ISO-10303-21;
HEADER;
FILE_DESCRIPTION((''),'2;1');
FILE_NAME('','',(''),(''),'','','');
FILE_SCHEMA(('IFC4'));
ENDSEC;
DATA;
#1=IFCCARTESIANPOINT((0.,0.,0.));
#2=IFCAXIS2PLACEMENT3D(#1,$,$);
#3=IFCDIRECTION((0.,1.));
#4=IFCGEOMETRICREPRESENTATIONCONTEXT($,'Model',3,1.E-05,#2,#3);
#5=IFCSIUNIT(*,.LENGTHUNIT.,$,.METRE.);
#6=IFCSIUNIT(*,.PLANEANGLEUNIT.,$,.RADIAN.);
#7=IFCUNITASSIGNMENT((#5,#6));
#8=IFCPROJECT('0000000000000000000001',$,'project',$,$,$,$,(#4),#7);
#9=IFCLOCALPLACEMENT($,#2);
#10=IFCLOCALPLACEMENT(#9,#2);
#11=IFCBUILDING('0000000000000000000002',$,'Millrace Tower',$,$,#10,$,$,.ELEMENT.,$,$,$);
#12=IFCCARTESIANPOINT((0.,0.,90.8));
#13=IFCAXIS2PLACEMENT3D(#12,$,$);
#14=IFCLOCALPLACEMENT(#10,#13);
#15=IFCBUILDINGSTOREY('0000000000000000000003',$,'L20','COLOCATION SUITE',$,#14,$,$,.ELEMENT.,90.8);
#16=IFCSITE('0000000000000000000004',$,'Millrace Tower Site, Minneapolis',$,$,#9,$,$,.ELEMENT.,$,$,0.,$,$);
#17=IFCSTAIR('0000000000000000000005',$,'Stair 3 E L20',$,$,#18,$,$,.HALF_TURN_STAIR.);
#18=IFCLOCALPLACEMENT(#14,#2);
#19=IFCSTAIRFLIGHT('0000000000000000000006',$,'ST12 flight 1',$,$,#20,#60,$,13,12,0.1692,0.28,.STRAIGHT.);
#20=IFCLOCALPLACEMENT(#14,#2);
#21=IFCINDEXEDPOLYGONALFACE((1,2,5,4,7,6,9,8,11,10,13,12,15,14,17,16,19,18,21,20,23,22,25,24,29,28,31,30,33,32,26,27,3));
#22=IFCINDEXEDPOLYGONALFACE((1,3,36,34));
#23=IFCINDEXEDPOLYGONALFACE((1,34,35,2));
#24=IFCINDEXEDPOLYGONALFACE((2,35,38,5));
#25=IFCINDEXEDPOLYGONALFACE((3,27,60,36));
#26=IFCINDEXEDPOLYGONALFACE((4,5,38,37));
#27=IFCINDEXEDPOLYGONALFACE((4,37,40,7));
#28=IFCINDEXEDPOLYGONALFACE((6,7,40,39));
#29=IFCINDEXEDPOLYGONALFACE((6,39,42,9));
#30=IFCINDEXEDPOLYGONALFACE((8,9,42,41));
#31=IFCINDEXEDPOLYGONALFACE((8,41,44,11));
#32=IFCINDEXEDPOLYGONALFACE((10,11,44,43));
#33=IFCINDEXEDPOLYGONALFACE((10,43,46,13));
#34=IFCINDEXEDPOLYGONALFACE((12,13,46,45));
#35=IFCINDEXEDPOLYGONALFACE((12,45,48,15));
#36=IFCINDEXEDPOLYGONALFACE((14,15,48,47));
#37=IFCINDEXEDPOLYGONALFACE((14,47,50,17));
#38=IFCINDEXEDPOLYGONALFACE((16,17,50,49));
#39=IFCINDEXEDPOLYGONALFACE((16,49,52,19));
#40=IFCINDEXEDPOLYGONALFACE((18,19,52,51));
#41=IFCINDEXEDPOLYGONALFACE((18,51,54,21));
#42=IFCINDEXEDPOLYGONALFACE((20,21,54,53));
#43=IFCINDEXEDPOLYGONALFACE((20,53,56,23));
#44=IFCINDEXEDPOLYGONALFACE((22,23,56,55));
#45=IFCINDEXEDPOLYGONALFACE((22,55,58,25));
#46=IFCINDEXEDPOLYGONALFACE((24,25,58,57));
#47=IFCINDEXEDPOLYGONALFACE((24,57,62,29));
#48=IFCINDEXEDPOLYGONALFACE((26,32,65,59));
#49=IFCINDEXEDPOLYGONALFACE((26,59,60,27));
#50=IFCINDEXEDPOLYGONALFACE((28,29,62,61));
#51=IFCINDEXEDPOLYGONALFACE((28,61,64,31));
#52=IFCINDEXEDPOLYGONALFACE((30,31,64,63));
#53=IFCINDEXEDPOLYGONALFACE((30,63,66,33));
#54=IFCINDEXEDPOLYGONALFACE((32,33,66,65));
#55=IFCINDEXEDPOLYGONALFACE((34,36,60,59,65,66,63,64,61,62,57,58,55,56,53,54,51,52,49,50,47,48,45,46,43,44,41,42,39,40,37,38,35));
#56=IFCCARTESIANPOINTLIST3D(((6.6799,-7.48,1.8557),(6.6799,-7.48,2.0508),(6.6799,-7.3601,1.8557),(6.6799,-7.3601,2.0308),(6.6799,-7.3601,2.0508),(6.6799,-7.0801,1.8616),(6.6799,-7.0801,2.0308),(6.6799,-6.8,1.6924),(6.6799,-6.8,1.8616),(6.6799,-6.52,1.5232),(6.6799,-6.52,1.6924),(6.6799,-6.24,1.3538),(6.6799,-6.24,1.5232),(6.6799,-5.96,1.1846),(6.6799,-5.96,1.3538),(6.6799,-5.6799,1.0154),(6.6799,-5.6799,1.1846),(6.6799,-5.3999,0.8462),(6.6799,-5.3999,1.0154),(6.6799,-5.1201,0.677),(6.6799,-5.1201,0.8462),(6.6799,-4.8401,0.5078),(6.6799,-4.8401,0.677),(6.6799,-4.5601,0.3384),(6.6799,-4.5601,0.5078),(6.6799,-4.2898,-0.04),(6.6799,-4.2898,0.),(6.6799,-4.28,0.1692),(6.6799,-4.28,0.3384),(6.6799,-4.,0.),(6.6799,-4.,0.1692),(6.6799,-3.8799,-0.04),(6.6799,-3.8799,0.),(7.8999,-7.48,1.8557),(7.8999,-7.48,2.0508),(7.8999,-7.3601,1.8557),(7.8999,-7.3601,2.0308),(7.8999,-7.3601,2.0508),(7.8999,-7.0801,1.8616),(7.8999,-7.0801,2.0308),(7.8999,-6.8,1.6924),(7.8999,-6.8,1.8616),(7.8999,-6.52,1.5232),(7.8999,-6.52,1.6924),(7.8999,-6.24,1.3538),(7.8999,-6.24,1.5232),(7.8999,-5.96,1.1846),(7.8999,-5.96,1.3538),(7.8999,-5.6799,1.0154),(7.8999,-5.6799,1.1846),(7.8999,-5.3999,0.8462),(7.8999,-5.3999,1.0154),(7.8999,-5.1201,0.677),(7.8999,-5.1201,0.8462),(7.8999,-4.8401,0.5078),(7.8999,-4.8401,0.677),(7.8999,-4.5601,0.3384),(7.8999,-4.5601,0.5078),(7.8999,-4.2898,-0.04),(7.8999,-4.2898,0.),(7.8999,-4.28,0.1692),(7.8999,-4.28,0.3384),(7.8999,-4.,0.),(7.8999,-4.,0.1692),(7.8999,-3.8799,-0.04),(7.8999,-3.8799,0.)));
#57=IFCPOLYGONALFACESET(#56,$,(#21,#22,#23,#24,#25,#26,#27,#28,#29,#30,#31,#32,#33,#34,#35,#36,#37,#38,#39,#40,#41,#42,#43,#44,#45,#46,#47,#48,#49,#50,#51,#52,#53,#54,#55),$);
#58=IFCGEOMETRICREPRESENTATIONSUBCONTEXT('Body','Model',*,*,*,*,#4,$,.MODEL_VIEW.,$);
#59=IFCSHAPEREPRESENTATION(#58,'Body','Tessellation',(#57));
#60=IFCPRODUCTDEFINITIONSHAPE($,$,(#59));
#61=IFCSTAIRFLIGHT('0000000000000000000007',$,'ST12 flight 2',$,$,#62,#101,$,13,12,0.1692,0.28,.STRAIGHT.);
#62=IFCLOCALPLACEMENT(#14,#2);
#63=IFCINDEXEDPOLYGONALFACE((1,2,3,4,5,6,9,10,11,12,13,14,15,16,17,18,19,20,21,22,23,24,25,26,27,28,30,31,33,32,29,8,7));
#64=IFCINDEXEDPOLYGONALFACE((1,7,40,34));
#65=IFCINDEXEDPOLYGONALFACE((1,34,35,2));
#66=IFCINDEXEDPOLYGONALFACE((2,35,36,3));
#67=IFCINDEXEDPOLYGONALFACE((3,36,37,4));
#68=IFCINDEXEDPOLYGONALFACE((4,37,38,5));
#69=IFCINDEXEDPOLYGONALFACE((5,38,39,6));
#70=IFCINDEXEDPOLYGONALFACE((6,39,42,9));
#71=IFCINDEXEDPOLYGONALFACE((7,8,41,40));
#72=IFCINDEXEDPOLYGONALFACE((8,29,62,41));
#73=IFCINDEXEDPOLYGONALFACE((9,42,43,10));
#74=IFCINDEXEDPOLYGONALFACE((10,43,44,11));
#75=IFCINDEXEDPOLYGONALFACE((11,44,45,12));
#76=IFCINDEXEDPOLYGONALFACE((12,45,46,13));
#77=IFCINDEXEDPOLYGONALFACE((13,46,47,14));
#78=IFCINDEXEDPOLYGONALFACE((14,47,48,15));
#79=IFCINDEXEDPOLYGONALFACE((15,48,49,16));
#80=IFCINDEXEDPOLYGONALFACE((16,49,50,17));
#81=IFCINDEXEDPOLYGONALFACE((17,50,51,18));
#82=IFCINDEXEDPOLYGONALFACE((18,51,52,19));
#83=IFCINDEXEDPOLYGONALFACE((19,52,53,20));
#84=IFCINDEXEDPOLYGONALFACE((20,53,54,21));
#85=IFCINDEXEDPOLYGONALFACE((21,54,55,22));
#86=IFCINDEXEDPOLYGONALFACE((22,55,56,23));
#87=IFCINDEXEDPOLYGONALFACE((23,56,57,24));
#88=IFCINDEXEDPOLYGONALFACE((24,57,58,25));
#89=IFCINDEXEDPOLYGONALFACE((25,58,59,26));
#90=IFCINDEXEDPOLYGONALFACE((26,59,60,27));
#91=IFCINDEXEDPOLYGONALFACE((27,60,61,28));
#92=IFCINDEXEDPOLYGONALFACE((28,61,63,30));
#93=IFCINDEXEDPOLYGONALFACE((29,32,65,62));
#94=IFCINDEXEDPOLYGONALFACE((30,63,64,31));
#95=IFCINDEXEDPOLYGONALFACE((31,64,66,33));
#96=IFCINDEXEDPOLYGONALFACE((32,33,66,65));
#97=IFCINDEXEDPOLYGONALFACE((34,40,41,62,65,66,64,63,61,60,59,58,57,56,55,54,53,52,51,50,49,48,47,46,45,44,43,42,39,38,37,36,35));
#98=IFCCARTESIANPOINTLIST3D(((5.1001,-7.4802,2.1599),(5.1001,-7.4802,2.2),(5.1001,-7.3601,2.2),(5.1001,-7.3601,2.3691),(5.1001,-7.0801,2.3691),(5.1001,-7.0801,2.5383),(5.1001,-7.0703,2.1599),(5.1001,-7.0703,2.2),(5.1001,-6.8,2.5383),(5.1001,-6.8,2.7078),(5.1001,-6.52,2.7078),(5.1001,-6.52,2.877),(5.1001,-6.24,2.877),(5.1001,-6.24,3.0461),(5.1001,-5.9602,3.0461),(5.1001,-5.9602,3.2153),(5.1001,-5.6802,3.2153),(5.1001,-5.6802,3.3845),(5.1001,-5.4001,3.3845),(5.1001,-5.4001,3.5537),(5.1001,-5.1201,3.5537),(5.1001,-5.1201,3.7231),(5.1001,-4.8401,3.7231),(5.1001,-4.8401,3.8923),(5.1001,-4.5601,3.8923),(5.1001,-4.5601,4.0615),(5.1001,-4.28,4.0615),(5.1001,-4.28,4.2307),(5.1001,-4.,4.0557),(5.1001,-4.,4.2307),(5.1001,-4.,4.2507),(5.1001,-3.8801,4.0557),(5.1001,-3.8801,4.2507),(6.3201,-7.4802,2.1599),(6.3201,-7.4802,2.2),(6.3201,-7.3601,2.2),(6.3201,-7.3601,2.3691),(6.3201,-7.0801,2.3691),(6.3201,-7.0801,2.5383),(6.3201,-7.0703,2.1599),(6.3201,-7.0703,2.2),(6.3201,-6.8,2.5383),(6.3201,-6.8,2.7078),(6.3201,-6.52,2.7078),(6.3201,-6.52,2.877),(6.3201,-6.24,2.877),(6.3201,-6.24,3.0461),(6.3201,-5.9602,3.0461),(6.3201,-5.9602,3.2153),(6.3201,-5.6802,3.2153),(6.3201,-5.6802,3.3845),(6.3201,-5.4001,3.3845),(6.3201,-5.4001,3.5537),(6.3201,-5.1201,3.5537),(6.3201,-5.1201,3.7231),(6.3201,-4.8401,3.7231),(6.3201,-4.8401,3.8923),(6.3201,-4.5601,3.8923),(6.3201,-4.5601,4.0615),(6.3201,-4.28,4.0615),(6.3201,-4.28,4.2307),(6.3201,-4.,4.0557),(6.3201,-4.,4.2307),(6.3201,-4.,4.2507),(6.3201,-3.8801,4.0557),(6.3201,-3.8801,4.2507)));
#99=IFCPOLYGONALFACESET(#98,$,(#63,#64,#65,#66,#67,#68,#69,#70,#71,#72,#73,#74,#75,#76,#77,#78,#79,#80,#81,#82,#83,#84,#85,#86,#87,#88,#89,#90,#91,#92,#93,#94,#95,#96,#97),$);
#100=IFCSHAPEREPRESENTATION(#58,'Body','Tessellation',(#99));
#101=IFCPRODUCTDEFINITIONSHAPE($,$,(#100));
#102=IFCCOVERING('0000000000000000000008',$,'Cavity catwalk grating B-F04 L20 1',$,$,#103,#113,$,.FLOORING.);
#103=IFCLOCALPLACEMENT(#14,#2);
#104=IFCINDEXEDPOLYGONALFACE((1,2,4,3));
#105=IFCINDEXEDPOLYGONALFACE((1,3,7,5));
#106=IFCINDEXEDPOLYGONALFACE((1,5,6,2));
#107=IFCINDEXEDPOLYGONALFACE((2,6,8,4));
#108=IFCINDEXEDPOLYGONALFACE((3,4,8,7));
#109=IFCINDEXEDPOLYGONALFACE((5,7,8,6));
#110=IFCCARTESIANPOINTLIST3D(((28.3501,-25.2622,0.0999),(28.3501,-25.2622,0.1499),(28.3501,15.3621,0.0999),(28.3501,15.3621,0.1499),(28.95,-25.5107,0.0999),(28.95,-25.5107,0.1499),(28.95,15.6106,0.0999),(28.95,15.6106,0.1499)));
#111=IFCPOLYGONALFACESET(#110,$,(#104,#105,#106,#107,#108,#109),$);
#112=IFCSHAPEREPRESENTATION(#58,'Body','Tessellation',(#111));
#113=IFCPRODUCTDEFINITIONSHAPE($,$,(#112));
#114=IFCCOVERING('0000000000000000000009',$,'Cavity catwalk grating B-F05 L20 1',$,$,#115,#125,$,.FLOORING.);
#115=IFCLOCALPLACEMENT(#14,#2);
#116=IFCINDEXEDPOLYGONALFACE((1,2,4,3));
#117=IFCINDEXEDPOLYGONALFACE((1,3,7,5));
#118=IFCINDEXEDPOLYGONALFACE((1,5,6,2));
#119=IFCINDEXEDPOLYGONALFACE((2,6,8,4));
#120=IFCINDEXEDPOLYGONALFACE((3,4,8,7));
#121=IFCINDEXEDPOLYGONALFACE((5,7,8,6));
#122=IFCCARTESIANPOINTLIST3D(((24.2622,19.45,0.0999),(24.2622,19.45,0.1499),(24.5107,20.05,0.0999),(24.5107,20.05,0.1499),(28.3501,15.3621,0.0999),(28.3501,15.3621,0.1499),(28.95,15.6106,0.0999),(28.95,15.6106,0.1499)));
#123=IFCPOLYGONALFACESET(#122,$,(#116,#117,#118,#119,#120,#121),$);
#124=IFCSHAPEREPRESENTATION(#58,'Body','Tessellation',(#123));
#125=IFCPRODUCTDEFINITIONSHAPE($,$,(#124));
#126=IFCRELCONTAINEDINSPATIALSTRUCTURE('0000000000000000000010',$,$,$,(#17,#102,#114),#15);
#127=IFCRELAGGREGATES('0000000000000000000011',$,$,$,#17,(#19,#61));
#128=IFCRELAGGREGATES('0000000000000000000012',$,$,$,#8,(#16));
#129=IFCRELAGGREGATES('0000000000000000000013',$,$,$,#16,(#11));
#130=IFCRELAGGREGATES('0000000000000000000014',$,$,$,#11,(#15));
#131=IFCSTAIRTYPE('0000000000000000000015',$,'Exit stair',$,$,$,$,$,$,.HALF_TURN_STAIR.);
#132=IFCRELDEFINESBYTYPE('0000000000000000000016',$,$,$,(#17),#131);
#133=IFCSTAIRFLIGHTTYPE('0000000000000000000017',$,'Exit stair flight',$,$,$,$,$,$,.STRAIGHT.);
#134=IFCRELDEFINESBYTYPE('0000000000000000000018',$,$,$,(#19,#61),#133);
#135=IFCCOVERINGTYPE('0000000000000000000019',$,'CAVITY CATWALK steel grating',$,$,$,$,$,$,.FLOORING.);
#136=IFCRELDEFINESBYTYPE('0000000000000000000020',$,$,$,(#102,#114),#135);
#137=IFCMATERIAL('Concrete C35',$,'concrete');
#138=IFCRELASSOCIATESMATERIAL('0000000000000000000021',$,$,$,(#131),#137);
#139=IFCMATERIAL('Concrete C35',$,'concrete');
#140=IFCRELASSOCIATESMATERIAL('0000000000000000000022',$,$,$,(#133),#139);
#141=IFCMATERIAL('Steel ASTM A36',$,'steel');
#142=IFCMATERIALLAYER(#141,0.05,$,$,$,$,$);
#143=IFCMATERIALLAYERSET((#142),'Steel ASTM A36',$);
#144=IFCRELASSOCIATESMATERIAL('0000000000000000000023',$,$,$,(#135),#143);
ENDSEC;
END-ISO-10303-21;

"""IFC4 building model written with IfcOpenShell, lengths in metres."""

from ifc_helpers import new_model, si_unit, direction, frame, origin, place, context, subcontext, project, spatial, polyline, outline, extrude, material, layer, layer_set, type_object, element, aggregate, save


model = new_model("IFC4")

# Units and contexts
model_context = context("Model", 3, precision=1e-05, world=origin(), true_north=direction((0.0, 1.0)))
body_context = subcontext(model_context, "Body", "Model", "MODEL_VIEW")
ifc_project = project(units=[si_unit("LENGTHUNIT", "METRE"), si_unit("PLANEANGLEUNIT", "RADIAN")], contexts=[model_context])

# Site, building, storey
site_placement = place(None, origin())
site = spatial("IfcSite", under=ifc_project, at=site_placement, Name="Millrace Tower Site, Minneapolis", CompositionType="ELEMENT", RefElevation=0.0)
building_placement = place(site_placement, origin())
building = spatial("IfcBuilding", under=site, at=building_placement, Name="Millrace Tower", CompositionType="ELEMENT")
storey_placement = place(building_placement, frame((0.0, 0.0, 90.8)))
storey = spatial("IfcBuildingStorey", under=building, at=storey_placement, Name="L20", Description="COLOCATION SUITE", CompositionType="ELEMENT", Elevation=90.8)

# Shared definitions
placement_1 = place(storey_placement, origin())

# Stair, stair flights
ifc_material_1 = material(Name="Concrete C35", Category="concrete")
stair_type = type_object("IfcStairType", Name="Exit stair", PredefinedType="HALF_TURN_STAIR", material=ifc_material_1)
ifc_material_2 = material(Name="Concrete C35", Category="concrete")
stair_flight_type = type_object("IfcStairFlightType", Name="Exit stair flight", PredefinedType="STRAIGHT", material=ifc_material_2)
stair_1 = element("IfcStair", 1, at=placement_1, inside=storey, type_object=stair_type, Name="Stair 3 E L20", PredefinedType="HALF_TURN_STAIR")
stair_flight_1_placement = place(storey_placement, frame((7.29, -4.0, 0.0), z_axis=(0.0, 0.0, 1.0), x_axis=(0.0, -1.0, 0.0)))
stair_flight_1 = element("IfcStairFlight", 2, at=stair_flight_1_placement, type_object=stair_flight_type, Name="ST12 flight 1", NumberOfRisers=13, NumberOfTreads=12, PredefinedType="STRAIGHT", RiserHeight=0.1692, TreadLength=0.28, context=body_context, shape_type="SweptSolid", body=[
    extrude(outline(polyline([(-0.1201, -0.04), (-0.1201, 0.0), (0.0, 0.0), (0.0, 0.1692), (0.28, 0.1692), (0.28, 0.3384), (0.5601, 0.3384), (0.5601, 0.5078), (0.8401, 0.5078), (0.8401, 0.677), (1.1201, 0.677), (1.1201, 0.8462), (1.3999, 0.8462), (1.3999, 1.0154), (1.6799, 1.0154), (1.6799, 1.1846), (1.96, 1.1846), (1.96, 1.3538), (2.24, 1.3538), (2.24, 1.5232), (2.52, 1.5232), (2.52, 1.6924), (2.8, 1.6924), (2.8, 1.8616), (3.0801, 1.8616), (3.0801, 2.0308), (3.3601, 2.0308), (3.3601, 2.0508), (3.48, 2.0508), (3.48, 1.8557), (3.3601, 1.8557), (0.2898, 0.0), (0.2898, -0.04), (-0.1201, -0.04)])), frame((0.0, 0.6099, 0.0), z_axis=(0.0, -1.0, 0.0), x_axis=(1.0, 0.0, 0.0)), (0.0, 0.0, 1.0), 1.22),
])
stair_flight_2_placement = place(storey_placement, frame((5.71, -7.3601, 2.2), z_axis=(0.0, 0.0, 1.0), x_axis=(0.0, 1.0, 0.0)))
stair_flight_2 = element("IfcStairFlight", 3, at=stair_flight_2_placement, type_object=stair_flight_type, Name="ST12 flight 2", NumberOfRisers=13, NumberOfTreads=12, PredefinedType="STRAIGHT", RiserHeight=0.1692, TreadLength=0.28, context=body_context, shape_type="SweptSolid", body=[
    extrude(outline(polyline([(-0.1201, -0.04), (-0.1201, 0.0), (0.0, 0.0), (0.0, 0.1692), (0.28, 0.1692), (0.28, 0.3384), (0.5601, 0.3384), (0.5601, 0.5078), (0.8401, 0.5078), (0.8401, 0.677), (1.1201, 0.677), (1.1201, 0.8462), (1.3999, 0.8462), (1.3999, 1.0154), (1.6799, 1.0154), (1.6799, 1.1846), (1.96, 1.1846), (1.96, 1.3538), (2.24, 1.3538), (2.24, 1.5232), (2.52, 1.5232), (2.52, 1.6924), (2.8, 1.6924), (2.8, 1.8616), (3.0801, 1.8616), (3.0801, 2.0308), (3.3601, 2.0308), (3.3601, 2.0508), (3.48, 2.0508), (3.48, 1.8557), (3.3601, 1.8557), (0.2898, 0.0), (0.2898, -0.04), (-0.1201, -0.04)])), frame((0.0, 0.6099, 0.0), z_axis=(0.0, -1.0, 0.0), x_axis=(1.0, 0.0, 0.0)), (0.0, 0.0, 1.0), 1.22),
])
aggregate(stair_1, [stair_flight_1, stair_flight_2])

# Coverings
ifc_material_3 = material(Name="Steel ASTM A36", Category="steel")
ifc_layer_1 = layer(ifc_material_3, 0.05)
ifc_layer_set_1 = layer_set([ifc_layer_1], Name="Steel ASTM A36")
covering_type = type_object("IfcCoveringType", Name="CAVITY CATWALK steel grating", PredefinedType="FLOORING", material=ifc_layer_set_1)
placement_2 = place(storey_placement, frame((0.0, 0.0, 0.0999)))
element("IfcCovering", 4, at=placement_2, inside=storey, type_object=covering_type, Name="Cavity catwalk grating B-F04 L20 1", PredefinedType="FLOORING", context=body_context, shape_type="SweptSolid", body=[
    extrude(outline(polyline([(28.95, -25.5107), (28.95, 15.6106), (28.3501, 15.3621), (28.3501, -25.2622), (28.95, -25.5107)])), origin(), (0.0, 0.0, 1.0), 0.05),
])
element("IfcCovering", 5, at=placement_2, inside=storey, type_object=covering_type, Name="Cavity catwalk grating B-F05 L20 1", PredefinedType="FLOORING", context=body_context, shape_type="SweptSolid", body=[
    extrude(outline(polyline([(28.95, 15.6106), (24.5107, 20.05), (24.2622, 19.45), (28.3501, 15.3621), (28.95, 15.6106)])), origin(), (0.0, 0.0, 1.0), 0.05),
])

save(model, "model.ifc")
